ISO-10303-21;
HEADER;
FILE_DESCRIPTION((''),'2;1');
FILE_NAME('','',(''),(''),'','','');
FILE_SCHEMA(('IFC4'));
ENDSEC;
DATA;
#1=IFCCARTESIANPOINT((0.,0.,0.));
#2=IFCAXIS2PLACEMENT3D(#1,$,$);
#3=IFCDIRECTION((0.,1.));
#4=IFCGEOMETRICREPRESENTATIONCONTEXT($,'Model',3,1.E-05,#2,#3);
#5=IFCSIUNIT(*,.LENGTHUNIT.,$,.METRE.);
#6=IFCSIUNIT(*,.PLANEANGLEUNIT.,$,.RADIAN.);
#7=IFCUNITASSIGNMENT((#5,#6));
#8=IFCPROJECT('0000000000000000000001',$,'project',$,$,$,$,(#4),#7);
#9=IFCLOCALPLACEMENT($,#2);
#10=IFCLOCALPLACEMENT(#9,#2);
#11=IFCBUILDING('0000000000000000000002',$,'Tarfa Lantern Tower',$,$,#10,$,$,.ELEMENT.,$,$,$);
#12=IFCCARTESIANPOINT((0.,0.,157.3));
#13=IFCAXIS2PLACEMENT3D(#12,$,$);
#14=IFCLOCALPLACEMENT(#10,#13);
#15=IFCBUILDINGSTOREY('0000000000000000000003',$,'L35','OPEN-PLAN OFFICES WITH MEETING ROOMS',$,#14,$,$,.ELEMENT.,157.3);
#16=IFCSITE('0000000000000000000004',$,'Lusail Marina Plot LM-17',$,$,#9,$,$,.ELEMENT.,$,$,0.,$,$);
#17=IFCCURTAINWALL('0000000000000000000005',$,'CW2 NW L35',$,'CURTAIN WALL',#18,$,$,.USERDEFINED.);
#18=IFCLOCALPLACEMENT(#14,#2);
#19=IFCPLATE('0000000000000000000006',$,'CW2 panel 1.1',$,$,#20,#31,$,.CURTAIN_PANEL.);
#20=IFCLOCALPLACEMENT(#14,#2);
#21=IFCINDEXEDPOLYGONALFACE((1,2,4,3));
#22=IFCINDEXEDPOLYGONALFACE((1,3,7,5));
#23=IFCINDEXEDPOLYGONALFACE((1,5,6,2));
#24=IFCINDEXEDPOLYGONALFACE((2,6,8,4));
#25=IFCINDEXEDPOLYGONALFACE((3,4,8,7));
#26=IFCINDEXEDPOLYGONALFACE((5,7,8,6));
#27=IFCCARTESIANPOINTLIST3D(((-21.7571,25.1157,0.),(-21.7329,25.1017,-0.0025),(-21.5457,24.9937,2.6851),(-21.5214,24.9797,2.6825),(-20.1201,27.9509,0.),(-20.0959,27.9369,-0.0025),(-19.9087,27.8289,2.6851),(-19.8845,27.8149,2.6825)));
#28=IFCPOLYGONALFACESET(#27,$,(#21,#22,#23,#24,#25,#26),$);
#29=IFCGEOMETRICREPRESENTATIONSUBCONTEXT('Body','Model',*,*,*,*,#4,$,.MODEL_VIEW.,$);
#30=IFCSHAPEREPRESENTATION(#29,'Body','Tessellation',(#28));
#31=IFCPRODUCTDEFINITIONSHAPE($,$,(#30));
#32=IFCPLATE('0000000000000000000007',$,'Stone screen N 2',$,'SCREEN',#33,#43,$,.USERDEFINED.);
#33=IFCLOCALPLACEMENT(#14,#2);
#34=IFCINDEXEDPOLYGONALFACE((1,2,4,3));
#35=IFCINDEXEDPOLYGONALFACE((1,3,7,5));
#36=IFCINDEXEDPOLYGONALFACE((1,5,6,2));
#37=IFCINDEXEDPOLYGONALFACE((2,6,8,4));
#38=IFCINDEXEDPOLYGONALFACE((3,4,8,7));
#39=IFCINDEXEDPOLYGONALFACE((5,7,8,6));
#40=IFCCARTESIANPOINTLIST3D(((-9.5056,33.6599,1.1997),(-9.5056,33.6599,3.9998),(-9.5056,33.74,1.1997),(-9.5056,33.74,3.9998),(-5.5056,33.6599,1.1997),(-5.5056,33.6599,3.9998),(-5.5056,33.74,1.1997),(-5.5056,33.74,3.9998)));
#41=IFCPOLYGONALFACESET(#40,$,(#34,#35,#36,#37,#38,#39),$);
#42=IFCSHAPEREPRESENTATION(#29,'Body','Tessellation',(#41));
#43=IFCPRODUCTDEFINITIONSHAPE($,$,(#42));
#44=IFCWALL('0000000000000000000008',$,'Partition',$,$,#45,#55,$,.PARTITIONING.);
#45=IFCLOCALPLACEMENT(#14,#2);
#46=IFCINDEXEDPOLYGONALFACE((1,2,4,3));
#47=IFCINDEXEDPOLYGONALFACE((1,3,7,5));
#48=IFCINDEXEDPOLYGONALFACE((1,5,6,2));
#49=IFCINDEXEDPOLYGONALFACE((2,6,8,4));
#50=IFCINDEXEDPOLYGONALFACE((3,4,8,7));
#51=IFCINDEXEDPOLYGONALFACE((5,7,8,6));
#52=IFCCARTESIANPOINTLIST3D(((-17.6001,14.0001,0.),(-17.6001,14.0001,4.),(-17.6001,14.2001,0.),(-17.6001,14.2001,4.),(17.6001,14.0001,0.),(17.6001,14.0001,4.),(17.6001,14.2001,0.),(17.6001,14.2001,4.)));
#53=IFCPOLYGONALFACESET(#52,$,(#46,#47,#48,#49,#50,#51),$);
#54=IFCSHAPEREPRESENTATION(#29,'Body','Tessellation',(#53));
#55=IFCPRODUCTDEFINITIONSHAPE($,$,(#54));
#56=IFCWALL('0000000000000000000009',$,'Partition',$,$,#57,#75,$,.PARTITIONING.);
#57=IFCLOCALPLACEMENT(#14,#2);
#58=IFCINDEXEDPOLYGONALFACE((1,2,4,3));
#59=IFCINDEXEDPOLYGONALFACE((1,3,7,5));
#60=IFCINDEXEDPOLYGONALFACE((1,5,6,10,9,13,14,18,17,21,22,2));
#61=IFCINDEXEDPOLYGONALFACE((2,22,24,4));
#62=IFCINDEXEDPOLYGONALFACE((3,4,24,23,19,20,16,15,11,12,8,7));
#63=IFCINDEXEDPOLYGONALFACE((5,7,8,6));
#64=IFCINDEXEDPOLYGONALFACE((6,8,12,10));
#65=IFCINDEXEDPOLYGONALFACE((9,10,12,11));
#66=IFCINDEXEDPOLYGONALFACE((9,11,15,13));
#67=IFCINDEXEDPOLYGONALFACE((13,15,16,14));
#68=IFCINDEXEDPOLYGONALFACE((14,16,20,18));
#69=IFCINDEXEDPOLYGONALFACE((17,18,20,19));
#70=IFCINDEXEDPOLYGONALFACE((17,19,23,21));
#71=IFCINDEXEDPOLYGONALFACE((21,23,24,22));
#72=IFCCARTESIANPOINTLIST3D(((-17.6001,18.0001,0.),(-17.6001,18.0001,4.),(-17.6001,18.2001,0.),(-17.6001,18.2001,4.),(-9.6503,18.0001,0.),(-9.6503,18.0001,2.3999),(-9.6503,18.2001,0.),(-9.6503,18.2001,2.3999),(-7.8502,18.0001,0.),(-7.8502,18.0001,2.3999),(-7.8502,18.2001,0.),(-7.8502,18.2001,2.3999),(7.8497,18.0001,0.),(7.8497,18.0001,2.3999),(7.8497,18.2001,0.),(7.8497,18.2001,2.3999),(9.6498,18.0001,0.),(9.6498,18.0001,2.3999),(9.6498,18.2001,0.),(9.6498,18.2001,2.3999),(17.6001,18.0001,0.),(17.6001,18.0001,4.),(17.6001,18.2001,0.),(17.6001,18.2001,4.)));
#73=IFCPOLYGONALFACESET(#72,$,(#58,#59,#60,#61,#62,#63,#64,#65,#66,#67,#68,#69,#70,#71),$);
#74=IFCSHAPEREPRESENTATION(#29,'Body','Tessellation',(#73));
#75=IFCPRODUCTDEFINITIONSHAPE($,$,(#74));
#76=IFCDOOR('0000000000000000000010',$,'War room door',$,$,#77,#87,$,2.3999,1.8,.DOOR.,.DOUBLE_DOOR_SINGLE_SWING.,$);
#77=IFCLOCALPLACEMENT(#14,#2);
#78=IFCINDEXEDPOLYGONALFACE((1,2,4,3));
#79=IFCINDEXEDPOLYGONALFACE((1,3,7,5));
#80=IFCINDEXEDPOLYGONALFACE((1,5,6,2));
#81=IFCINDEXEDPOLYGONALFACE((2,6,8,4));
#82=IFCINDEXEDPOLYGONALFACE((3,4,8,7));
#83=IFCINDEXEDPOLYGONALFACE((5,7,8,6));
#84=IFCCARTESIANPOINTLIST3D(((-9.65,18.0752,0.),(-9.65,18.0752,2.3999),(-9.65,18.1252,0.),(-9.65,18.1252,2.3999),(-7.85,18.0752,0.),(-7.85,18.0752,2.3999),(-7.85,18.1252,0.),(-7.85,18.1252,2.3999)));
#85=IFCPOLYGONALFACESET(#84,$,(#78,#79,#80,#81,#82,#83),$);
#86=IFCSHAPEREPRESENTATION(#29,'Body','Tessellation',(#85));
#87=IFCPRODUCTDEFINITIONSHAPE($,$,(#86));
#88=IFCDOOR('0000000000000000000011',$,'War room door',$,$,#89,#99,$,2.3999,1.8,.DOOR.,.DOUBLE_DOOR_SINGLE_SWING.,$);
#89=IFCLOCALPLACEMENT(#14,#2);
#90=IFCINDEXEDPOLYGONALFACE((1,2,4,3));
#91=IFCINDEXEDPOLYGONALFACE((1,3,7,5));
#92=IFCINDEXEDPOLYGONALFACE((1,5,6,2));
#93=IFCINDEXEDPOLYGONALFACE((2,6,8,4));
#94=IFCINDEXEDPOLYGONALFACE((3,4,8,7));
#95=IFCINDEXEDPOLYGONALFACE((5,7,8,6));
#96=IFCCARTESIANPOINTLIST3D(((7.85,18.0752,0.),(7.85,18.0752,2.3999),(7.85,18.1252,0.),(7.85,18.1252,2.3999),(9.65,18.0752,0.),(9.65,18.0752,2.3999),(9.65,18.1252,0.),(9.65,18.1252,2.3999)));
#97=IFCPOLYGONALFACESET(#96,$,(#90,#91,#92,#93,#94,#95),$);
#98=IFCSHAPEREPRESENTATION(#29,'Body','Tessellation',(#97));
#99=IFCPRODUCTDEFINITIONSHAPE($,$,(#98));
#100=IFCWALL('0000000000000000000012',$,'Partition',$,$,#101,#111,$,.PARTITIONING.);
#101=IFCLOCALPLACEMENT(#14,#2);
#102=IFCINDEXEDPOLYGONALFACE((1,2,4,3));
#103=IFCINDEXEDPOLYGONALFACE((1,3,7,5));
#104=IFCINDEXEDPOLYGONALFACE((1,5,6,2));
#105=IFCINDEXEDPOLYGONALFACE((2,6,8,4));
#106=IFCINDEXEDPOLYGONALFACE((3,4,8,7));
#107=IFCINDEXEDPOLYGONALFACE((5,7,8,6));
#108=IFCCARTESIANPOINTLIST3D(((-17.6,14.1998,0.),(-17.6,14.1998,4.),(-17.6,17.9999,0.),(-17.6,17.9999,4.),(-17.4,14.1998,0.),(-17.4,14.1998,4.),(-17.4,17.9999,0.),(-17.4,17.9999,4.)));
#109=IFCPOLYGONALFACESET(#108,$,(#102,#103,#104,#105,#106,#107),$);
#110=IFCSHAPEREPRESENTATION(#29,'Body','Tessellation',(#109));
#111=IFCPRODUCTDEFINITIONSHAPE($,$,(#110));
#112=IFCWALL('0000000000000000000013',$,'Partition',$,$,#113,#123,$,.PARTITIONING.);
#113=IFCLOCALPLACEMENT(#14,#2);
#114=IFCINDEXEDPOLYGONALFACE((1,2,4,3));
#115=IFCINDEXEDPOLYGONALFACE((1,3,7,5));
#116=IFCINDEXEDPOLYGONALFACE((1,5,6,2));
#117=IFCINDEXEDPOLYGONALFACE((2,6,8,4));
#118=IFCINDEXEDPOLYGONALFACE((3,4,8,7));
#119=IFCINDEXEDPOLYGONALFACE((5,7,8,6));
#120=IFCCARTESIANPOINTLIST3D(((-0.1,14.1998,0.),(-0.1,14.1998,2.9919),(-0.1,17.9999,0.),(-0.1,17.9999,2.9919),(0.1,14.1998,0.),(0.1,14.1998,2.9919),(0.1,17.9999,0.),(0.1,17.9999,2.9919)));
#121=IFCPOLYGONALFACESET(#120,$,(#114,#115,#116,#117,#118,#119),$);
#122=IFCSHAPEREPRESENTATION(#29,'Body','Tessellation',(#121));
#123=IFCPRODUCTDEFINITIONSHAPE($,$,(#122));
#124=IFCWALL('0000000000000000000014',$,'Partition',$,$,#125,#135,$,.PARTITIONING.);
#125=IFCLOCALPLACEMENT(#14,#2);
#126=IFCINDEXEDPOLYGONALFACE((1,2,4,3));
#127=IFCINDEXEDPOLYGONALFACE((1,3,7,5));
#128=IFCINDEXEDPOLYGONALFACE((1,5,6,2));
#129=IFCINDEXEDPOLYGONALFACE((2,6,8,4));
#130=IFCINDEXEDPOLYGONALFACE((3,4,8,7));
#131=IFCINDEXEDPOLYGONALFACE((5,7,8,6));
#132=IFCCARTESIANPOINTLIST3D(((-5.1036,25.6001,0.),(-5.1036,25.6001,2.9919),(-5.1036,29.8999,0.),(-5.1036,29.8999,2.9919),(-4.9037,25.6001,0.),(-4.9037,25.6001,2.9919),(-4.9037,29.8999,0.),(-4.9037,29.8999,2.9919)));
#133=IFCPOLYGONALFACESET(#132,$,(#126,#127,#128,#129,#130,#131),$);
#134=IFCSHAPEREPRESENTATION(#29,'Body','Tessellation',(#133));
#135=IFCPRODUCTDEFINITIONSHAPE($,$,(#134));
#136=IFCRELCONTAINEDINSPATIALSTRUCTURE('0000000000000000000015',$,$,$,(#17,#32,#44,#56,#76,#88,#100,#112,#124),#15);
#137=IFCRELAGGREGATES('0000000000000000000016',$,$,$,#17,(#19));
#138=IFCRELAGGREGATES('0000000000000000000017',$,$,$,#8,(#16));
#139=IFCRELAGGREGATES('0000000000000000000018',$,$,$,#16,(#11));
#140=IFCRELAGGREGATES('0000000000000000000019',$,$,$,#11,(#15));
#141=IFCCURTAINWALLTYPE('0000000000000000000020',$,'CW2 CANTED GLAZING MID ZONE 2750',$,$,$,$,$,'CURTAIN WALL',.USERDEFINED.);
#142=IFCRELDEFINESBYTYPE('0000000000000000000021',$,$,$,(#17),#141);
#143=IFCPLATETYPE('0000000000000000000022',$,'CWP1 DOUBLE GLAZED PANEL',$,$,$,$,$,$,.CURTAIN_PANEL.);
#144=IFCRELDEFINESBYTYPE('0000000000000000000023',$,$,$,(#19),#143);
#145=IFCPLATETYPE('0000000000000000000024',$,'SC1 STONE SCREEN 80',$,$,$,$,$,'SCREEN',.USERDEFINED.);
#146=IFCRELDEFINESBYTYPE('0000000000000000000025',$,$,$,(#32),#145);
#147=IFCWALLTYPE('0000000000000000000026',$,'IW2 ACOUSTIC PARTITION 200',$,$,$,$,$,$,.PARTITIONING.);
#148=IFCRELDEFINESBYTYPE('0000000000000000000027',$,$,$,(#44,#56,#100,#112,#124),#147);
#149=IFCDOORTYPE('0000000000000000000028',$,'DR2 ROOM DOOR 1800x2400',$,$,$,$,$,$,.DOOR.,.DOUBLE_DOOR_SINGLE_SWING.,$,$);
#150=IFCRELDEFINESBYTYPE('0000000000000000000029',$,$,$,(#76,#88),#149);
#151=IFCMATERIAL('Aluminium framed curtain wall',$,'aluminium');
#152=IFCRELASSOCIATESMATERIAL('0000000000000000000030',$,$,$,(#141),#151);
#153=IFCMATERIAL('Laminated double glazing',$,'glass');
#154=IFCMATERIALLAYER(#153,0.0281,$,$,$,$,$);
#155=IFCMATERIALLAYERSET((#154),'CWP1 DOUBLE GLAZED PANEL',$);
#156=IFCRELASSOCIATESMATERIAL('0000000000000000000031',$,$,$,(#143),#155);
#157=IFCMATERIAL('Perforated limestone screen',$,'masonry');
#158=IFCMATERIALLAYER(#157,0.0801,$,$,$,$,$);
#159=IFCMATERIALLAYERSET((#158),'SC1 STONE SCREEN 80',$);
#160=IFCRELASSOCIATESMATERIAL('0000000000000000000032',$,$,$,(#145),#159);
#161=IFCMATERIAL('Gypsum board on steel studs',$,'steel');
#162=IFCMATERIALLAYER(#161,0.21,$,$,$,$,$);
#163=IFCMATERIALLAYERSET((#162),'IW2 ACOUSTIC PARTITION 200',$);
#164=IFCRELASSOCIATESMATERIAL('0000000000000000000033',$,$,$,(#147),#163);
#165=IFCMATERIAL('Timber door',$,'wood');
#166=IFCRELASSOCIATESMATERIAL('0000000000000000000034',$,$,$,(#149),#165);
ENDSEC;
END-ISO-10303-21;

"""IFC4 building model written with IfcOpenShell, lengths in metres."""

from ifc_helpers import new_model, si_unit, direction, frame, frame_2d, origin, origin_2d, place, context, subcontext, project, spatial, polyline, rectangle, outline, extrude, material, layer, layer_set, type_object, element, fill, aggregate, save


model = new_model("IFC4")

# Units and contexts
model_context = context("Model", 3, precision=1e-05, world=origin(), true_north=direction((0.0, 1.0)))
body_context = subcontext(model_context, "Body", "Model", "MODEL_VIEW")
ifc_project = project(units=[si_unit("LENGTHUNIT", "METRE"), si_unit("PLANEANGLEUNIT", "RADIAN")], contexts=[model_context])

# Site, building, storey
site_placement = place(None, origin())
site = spatial("IfcSite", under=ifc_project, at=site_placement, Name="Lusail Marina Plot LM-17", CompositionType="ELEMENT", RefElevation=0.0)
building_placement = place(site_placement, origin())
building = spatial("IfcBuilding", under=site, at=building_placement, Name="Tarfa Lantern Tower", CompositionType="ELEMENT")
storey_placement = place(building_placement, frame((0.0, 0.0, 157.3)))
storey = spatial("IfcBuildingStorey", under=building, at=storey_placement, Name="L35", Description="OPEN-PLAN OFFICES WITH MEETING ROOMS", CompositionType="ELEMENT", Elevation=157.3)

# Curtain wall
ifc_material_1 = material(Name="Aluminium framed curtain wall", Category="aluminium")
curtain_wall_type = type_object("IfcCurtainWallType", Name="CW2 CANTED GLAZING MID ZONE 2750", ElementType="CURTAIN WALL", PredefinedType="USERDEFINED", material=ifc_material_1)
curtain_wall_placement = place(storey_placement, origin())
curtain_wall = element("IfcCurtainWall", 1, at=curtain_wall_placement, inside=storey, type_object=curtain_wall_type, Name="CW2 NW L35", ObjectType="CURTAIN WALL", PredefinedType="USERDEFINED")

# Plates
ifc_material_2 = material(Name="Laminated double glazing", Category="glass")
ifc_layer_1 = layer(ifc_material_2, 0.0281)
ifc_layer_set_1 = layer_set([ifc_layer_1], Name="CWP1 DOUBLE GLAZED PANEL")
plate_type_1 = type_object("IfcPlateType", Name="CWP1 DOUBLE GLAZED PANEL", PredefinedType="CURTAIN_PANEL", material=ifc_layer_set_1)
plate_1_placement = place(storey_placement, frame((-20.1201, 27.9509, 0.0), z_axis=(-0.86246, 0.497959, 0.09055), x_axis=(-0.500013, -0.866018, 0.0)))
plate_1 = element("IfcPlate", 2, at=plate_1_placement, type_object=plate_type_1, Name="CW2 panel 1.1", PredefinedType="CURTAIN_PANEL", context=body_context, shape_type="SweptSolid", body=[
    extrude(outline(polyline([(0.0, 0.0), (3.2738, 0.0), (3.2738, 2.6961), (0.0, 2.6961), (0.0, 0.0)])), origin(), (0.0, 0.0, -1.0), 0.0281),
])
aggregate(curtain_wall, [plate_1])
ifc_material_3 = material(Name="Perforated limestone screen", Category="masonry")
ifc_layer_2 = layer(ifc_material_3, 0.0801)
ifc_layer_set_2 = layer_set([ifc_layer_2], Name="SC1 STONE SCREEN 80")
plate_type_2 = type_object("IfcPlateType", Name="SC1 STONE SCREEN 80", ElementType="SCREEN", PredefinedType="USERDEFINED", material=ifc_layer_set_2)
plate_2_placement = place(storey_placement, frame((-7.5056, 33.7, 1.1997), z_axis=(0.0, 0.0, 1.0), x_axis=(-1.0, 0.0, 0.0)))
element("IfcPlate", 3, at=plate_2_placement, inside=storey, type_object=plate_type_2, Name="Stone screen N 2", ObjectType="SCREEN", PredefinedType="USERDEFINED", context=body_context, shape_type="SweptSolid", body=[
    extrude(rectangle(XDim=4.0, YDim=0.0801, at=origin_2d()), origin(), (0.0, 0.0, 1.0), 2.8),
])

# Wall
ifc_material_4 = material(Name="Gypsum board on steel studs", Category="steel")
ifc_layer_3 = layer(ifc_material_4, 0.21)
ifc_layer_set_3 = layer_set([ifc_layer_3], Name="IW2 ACOUSTIC PARTITION 200")
wall_type = type_object("IfcWallType", Name="IW2 ACOUSTIC PARTITION 200", PredefinedType="PARTITIONING", material=ifc_layer_set_3)
wall_1_placement = place(storey_placement, frame((-17.6001, 14.1001, 0.0), z_axis=(0.0, 0.0, 1.0), x_axis=(1.0, 0.0, 0.0)))
element("IfcWall", 4, at=wall_1_placement, inside=storey, type_object=wall_type, Name="Partition", PredefinedType="PARTITIONING", context=body_context, shape_type="SweptSolid", body=[
    extrude(rectangle(XDim=35.2002, YDim=0.2, at=frame_2d((17.6001, 0.0))), origin(), (0.0, 0.0, 1.0), 4.0),
])

# Wall, openings, doors
wall_2_placement = place(storey_placement, frame((-17.6001, 18.1001, 0.0), z_axis=(0.0, 0.0, 1.0), x_axis=(1.0, 0.0, 0.0)))
wall_2 = element("IfcWall", 5, at=wall_2_placement, inside=storey, type_object=wall_type, Name="Partition", PredefinedType="PARTITIONING", context=body_context, shape_type="SweptSolid", body=[
    extrude(rectangle(XDim=35.2002, YDim=0.2, at=frame_2d((17.6001, 0.0))), origin(), (0.0, 0.0, 1.0), 4.0),
])
opening_1_placement = place(wall_2_placement, frame((7.95, 0.0, 0.0)))
opening_1 = element("IfcOpeningElement", 6, at=opening_1_placement, cuts=wall_2, PredefinedType="OPENING", context=body_context, shape_type="SweptSolid", body=[
    extrude(rectangle(XDim=1.8, YDim=2.3999, at=frame_2d((0.8999, 1.2))), frame((0.0, 0.1099, 0.0), z_axis=(0.0, -1.0, 0.0), x_axis=(1.0, 0.0, 0.0)), (0.0, 0.0, 1.0), 0.22),
])
opening_2_placement = place(wall_2_placement, frame((25.45, 0.0, 0.0)))
opening_2 = element("IfcOpeningElement", 7, at=opening_2_placement, cuts=wall_2, PredefinedType="OPENING", context=body_context, shape_type="SweptSolid", body=[
    extrude(rectangle(XDim=1.8, YDim=2.3999, at=frame_2d((0.8999, 1.2))), frame((0.0, 0.1099, 0.0), z_axis=(0.0, -1.0, 0.0), x_axis=(1.0, 0.0, 0.0)), (0.0, 0.0, 1.0), 0.22),
])
ifc_material_5 = material(Name="Timber door", Category="wood")
door_type = type_object("IfcDoorType", Name="DR2 ROOM DOOR 1800x2400", OperationType="DOUBLE_DOOR_SINGLE_SWING", PredefinedType="DOOR", material=ifc_material_5)
door_1_placement = place(opening_1_placement, frame((1.8, 0.0, 0.0), z_axis=(0.0, 0.0, 1.0), x_axis=(-1.0, 0.0, 0.0)))
door_1 = element("IfcDoor", 8, at=door_1_placement, inside=storey, type_object=door_type, Name="War room door", OperationType="DOUBLE_DOOR_SINGLE_SWING", OverallHeight=2.3999, OverallWidth=1.8, PredefinedType="DOOR", context=body_context, shape_type="SweptSolid", body=[
    extrude(rectangle(XDim=1.8, YDim=2.3999, at=frame_2d((0.8999, 1.2))), frame((0.0, 0.0249, 0.0), z_axis=(0.0, -1.0, 0.0), x_axis=(1.0, 0.0, 0.0)), (0.0, 0.0, 1.0), 0.05),
])
fill(opening_1, door_1)
door_2_placement = place(opening_2_placement, frame((1.8, 0.0, 0.0), z_axis=(0.0, 0.0, 1.0), x_axis=(-1.0, 0.0, 0.0)))
door_2 = element("IfcDoor", 9, at=door_2_placement, inside=storey, type_object=door_type, Name="War room door", OperationType="DOUBLE_DOOR_SINGLE_SWING", OverallHeight=2.3999, OverallWidth=1.8, PredefinedType="DOOR", context=body_context, shape_type="SweptSolid", body=[
    extrude(rectangle(XDim=1.8, YDim=2.3999, at=frame_2d((0.8999, 1.2))), frame((0.0, 0.0249, 0.0), z_axis=(0.0, -1.0, 0.0), x_axis=(1.0, 0.0, 0.0)), (0.0, 0.0, 1.0), 0.05),
])
fill(opening_2, door_2)

# Walls
wall_3_placement = place(storey_placement, frame((-17.5, 14.2, 0.0), z_axis=(0.0, 0.0, 1.0), x_axis=(0.0, 1.0, 0.0)))
element("IfcWall", 10, at=wall_3_placement, inside=storey, type_object=wall_type, Name="Partition", PredefinedType="PARTITIONING", context=body_context, shape_type="SweptSolid", body=[
    extrude(rectangle(XDim=3.8, YDim=0.2, at=frame_2d((1.8999, 0.0))), origin(), (0.0, 0.0, 1.0), 4.0),
])
wall_4_placement = place(storey_placement, frame((0.0, 14.2, 0.0), z_axis=(0.0, 0.0, 1.0), x_axis=(0.0, 1.0, 0.0)))
element("IfcWall", 11, at=wall_4_placement, inside=storey, type_object=wall_type, Name="Partition", PredefinedType="PARTITIONING", context=body_context, shape_type="SweptSolid", body=[
    extrude(rectangle(XDim=3.8, YDim=0.2, at=frame_2d((1.8999, 0.0))), origin(), (0.0, 0.0, 1.0), 2.9919),
])
wall_5_placement = place(storey_placement, frame((-5.0037, 25.6001, 0.0), z_axis=(0.0, 0.0, 1.0), x_axis=(0.0, 1.0, 0.0)))
element("IfcWall", 12, at=wall_5_placement, inside=storey, type_object=wall_type, Name="Partition", PredefinedType="PARTITIONING", context=body_context, shape_type="SweptSolid", body=[
    extrude(rectangle(XDim=4.2998, YDim=0.2, at=frame_2d((2.1499, 0.0))), origin(), (0.0, 0.0, 1.0), 2.9919),
])

save(model, "model.ifc")
